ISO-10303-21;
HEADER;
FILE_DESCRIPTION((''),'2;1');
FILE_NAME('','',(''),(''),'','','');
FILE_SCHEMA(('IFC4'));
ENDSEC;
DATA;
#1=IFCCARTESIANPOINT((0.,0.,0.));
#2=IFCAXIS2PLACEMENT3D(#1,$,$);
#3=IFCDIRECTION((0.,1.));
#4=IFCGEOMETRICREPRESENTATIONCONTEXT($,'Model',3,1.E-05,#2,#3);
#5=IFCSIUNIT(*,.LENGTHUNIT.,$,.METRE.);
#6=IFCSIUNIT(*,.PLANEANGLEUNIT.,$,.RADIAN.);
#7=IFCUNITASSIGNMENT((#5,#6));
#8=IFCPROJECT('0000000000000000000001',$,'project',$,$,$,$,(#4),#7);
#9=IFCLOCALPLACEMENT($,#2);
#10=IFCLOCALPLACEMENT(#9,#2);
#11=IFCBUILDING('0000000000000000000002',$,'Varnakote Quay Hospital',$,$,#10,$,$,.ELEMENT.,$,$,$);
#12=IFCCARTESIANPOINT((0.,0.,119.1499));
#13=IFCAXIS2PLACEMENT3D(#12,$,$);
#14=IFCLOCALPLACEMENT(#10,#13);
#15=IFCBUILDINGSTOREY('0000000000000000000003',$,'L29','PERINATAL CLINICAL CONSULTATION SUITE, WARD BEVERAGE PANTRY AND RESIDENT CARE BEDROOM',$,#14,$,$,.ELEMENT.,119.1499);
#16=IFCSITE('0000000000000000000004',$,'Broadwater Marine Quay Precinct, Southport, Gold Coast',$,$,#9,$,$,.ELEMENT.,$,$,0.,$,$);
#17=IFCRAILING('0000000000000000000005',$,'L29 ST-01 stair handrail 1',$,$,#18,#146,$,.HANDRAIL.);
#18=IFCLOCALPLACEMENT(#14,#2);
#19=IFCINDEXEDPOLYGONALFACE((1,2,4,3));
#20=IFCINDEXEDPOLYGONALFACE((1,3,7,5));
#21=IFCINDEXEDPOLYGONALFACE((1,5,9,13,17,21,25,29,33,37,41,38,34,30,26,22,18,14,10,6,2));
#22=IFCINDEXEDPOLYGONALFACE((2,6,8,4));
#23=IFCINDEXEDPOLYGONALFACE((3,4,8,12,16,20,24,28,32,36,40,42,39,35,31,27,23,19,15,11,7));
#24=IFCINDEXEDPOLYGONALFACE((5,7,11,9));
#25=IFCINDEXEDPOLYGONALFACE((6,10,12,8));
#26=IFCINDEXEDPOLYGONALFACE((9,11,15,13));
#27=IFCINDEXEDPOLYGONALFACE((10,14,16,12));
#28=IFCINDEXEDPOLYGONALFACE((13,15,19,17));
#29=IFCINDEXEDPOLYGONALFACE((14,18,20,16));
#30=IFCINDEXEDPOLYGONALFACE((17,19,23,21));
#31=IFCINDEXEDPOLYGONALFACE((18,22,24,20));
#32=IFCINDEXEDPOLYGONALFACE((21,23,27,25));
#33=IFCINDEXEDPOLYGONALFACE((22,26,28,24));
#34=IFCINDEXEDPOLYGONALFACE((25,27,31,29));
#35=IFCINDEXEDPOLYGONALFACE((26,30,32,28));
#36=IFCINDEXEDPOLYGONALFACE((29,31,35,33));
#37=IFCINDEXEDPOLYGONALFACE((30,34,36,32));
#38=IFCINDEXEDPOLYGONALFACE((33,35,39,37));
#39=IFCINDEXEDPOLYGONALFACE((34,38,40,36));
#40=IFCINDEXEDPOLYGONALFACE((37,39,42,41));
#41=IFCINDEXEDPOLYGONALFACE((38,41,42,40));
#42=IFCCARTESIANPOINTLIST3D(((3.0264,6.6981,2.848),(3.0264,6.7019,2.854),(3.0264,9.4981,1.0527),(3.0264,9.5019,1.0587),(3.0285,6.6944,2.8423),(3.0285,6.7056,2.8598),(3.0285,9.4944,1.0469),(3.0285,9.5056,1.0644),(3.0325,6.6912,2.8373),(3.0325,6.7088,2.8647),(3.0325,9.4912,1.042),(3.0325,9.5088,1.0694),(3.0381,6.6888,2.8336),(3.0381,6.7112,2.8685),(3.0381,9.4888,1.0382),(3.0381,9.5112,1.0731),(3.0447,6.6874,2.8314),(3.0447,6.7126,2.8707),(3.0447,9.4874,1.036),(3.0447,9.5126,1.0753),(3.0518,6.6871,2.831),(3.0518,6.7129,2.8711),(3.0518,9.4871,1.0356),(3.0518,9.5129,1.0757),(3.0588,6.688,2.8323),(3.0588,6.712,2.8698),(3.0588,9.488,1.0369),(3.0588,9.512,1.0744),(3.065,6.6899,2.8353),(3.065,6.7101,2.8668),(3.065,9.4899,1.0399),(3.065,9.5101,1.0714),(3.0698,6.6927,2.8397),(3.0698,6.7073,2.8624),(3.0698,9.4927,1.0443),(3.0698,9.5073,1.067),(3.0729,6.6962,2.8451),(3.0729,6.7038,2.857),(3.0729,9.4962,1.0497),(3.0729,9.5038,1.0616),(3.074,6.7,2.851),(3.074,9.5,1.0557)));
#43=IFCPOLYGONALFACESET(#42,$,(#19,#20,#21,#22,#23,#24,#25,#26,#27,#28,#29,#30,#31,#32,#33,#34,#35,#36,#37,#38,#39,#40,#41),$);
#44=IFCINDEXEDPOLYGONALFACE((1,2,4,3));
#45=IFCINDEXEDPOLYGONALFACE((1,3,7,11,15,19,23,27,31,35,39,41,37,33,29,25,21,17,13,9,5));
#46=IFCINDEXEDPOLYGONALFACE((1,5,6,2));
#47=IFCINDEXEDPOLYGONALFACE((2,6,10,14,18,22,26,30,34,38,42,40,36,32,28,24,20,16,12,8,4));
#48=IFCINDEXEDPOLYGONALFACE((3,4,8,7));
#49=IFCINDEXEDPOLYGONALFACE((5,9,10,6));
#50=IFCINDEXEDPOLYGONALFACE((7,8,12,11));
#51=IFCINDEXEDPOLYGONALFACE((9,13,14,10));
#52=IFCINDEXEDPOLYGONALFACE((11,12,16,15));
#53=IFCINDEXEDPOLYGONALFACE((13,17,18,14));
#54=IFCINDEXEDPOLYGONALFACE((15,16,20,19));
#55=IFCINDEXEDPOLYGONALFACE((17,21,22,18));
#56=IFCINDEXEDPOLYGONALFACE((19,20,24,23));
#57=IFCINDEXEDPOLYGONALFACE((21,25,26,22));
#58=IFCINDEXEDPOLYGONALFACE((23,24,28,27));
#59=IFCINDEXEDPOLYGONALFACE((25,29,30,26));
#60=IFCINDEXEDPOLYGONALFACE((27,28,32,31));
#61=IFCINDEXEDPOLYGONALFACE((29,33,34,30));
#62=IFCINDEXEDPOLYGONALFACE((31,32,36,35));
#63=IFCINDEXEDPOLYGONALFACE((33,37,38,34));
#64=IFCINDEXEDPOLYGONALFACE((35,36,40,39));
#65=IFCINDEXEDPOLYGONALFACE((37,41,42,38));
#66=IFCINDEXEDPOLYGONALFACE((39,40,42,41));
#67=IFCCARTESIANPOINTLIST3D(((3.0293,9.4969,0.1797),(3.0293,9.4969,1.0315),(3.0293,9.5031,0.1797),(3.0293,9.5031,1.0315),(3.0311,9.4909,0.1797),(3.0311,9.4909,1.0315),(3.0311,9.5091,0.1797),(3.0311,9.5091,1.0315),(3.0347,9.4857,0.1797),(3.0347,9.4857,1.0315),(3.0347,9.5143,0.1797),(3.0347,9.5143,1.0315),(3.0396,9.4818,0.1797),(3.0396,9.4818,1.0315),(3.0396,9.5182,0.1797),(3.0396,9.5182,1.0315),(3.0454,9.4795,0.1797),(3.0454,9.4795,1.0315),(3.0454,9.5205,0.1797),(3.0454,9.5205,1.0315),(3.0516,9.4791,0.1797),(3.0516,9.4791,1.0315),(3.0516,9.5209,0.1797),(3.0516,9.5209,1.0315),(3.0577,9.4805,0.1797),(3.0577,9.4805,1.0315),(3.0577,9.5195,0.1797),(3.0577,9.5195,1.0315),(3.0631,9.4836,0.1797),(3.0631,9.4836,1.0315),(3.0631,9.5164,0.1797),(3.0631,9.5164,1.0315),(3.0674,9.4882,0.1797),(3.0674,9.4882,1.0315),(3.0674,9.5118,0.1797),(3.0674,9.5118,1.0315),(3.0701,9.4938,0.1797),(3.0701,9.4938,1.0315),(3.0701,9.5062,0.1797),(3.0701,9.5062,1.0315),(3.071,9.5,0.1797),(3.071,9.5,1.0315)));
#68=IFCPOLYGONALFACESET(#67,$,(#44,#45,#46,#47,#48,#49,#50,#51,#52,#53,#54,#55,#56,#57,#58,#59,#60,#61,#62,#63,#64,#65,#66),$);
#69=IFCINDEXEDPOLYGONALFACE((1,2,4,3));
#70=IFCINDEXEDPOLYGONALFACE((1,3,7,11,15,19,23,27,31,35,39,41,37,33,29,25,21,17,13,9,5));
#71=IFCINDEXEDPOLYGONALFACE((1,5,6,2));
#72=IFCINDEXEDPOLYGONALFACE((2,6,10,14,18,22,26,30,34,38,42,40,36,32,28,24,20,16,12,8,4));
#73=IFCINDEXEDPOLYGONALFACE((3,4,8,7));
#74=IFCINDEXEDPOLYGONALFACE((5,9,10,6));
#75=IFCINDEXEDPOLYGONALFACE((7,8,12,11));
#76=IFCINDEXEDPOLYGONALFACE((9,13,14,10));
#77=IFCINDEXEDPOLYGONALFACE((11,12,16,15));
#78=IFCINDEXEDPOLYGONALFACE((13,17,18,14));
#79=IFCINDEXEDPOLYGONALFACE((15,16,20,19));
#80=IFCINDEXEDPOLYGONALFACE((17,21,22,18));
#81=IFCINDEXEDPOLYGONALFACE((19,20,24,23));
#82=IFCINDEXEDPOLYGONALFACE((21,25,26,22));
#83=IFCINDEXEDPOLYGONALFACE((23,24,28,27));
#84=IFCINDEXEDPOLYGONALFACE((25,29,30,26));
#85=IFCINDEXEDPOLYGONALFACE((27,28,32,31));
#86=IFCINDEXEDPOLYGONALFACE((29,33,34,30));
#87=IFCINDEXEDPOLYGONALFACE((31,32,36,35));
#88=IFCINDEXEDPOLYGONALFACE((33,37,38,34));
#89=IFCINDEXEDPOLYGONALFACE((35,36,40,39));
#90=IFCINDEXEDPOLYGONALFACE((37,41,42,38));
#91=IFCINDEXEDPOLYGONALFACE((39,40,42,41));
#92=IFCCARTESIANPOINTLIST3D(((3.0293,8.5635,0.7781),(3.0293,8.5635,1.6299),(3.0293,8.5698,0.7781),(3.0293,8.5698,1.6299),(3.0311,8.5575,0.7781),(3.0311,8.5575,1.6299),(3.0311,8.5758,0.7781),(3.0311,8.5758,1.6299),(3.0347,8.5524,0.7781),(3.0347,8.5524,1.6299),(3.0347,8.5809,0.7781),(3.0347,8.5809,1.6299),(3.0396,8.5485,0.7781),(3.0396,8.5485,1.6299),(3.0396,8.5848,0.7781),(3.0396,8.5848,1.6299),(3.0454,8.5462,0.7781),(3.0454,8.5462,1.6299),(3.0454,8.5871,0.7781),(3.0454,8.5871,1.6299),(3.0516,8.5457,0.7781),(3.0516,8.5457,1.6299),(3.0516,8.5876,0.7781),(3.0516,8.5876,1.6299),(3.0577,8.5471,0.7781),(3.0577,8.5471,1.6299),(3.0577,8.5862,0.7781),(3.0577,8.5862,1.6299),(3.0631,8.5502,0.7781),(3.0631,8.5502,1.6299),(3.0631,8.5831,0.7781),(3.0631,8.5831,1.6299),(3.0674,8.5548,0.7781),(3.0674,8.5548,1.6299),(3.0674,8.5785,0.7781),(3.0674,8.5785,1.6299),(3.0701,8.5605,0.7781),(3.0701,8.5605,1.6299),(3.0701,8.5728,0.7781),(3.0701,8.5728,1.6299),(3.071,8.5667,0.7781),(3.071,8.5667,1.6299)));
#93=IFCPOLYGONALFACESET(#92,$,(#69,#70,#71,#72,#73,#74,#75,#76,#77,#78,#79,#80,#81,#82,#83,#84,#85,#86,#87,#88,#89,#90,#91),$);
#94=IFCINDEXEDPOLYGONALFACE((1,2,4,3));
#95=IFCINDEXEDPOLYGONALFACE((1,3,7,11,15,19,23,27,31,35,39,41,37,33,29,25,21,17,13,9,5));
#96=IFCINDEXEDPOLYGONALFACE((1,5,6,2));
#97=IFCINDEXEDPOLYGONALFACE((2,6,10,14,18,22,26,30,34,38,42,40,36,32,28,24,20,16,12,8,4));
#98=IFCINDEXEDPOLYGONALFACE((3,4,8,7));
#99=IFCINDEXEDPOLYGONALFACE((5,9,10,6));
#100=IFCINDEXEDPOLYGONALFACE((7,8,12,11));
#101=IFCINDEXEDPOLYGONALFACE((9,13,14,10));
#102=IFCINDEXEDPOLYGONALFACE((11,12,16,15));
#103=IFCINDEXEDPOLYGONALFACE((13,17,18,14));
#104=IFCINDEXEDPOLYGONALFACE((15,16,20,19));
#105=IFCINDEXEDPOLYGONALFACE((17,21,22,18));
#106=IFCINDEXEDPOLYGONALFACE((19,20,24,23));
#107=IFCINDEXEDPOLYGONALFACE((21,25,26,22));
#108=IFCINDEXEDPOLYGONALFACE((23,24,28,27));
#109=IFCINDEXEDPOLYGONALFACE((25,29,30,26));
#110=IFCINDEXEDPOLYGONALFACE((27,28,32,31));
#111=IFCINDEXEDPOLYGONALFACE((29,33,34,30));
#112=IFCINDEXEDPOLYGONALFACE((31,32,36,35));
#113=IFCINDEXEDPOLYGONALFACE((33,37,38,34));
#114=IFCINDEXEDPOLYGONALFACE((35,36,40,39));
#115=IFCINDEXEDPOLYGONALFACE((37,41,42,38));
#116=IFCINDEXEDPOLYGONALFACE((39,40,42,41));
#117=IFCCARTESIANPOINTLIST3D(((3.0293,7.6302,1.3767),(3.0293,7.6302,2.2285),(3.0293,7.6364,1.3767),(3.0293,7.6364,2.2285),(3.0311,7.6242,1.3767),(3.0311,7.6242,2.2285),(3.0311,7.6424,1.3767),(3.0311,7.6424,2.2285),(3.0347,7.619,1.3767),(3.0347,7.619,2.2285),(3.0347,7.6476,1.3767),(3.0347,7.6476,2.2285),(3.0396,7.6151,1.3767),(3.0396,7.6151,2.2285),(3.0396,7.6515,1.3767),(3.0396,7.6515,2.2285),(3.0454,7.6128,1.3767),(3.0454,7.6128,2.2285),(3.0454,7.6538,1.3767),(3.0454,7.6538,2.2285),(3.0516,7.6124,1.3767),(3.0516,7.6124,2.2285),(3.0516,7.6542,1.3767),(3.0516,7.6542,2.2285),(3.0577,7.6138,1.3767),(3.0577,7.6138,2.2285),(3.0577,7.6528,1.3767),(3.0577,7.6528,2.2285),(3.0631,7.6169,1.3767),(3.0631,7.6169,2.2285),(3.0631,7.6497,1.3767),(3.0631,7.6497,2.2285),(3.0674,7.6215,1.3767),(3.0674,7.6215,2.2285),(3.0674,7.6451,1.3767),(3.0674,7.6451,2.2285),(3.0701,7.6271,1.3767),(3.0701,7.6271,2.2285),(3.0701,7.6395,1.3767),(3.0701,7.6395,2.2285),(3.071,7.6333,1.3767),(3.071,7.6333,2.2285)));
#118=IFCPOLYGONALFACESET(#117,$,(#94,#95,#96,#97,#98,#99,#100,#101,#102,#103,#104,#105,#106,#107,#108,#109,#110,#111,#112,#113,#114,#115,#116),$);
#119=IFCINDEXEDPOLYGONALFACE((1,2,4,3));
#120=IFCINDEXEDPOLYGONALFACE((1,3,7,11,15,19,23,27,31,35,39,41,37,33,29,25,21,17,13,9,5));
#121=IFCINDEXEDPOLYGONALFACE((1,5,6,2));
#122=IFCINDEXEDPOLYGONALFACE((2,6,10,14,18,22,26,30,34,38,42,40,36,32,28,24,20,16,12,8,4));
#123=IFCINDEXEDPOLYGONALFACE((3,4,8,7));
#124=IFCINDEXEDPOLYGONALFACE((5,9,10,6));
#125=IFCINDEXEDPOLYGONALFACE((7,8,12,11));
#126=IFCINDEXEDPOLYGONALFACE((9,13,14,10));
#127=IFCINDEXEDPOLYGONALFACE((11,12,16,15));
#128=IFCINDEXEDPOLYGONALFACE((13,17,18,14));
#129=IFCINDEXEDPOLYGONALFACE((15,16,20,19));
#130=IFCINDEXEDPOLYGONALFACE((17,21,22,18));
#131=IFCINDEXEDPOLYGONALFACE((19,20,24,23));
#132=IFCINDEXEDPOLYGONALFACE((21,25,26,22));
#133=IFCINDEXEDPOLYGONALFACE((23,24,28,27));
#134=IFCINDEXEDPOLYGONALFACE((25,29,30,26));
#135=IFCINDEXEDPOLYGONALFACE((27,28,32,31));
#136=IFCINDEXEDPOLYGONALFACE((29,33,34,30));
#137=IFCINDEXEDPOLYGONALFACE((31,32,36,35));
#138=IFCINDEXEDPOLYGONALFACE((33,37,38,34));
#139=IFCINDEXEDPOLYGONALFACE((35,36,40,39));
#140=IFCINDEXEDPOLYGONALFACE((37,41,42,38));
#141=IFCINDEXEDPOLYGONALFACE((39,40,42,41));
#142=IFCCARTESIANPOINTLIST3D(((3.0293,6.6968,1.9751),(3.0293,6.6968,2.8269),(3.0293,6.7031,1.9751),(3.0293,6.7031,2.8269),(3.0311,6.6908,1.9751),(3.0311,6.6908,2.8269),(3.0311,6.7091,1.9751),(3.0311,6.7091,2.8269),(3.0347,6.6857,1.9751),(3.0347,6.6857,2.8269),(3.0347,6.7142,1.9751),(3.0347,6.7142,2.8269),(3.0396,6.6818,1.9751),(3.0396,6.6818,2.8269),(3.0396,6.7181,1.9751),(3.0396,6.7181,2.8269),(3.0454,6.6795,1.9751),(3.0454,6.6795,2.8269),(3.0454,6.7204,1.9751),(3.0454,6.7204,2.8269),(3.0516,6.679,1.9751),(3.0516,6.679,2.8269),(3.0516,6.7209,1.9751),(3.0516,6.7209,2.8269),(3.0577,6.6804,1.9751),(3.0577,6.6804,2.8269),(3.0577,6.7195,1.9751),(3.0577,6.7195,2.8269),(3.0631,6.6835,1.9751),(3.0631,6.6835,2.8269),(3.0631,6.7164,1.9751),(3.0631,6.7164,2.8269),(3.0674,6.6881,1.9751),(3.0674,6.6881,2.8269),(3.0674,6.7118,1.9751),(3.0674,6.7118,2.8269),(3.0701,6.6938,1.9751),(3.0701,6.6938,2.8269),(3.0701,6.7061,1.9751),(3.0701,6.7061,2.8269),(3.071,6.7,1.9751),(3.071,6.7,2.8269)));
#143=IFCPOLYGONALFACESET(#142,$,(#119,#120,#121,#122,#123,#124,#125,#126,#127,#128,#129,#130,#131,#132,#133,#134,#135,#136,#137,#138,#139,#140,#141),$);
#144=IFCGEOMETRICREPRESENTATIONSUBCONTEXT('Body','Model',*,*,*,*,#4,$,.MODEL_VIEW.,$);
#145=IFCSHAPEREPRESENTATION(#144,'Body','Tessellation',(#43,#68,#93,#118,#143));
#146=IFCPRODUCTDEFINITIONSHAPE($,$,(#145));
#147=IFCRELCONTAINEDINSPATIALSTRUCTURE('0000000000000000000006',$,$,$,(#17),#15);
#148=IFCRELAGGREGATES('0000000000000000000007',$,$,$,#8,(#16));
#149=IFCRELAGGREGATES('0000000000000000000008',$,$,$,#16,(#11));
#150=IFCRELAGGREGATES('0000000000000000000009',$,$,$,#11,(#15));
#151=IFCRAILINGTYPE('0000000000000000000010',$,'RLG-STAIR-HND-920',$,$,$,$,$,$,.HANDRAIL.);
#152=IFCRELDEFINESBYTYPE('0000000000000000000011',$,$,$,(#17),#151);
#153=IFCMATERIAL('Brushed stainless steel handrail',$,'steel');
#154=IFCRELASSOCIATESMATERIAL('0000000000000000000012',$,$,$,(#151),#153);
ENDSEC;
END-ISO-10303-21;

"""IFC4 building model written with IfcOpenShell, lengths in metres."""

from ifc_helpers import new_model, si_unit, direction, frame, origin, origin_2d, place, context, subcontext, project, spatial, circle, extrude, material, type_object, element, save


model = new_model("IFC4")

# Units and contexts
model_context = context("Model", 3, precision=1e-05, world=origin(), true_north=direction((0.0, 1.0)))
body_context = subcontext(model_context, "Body", "Model", "MODEL_VIEW")
ifc_project = project(units=[si_unit("LENGTHUNIT", "METRE"), si_unit("PLANEANGLEUNIT", "RADIAN")], contexts=[model_context])

# Site, building, storey
site_placement = place(None, origin())
site = spatial("IfcSite", under=ifc_project, at=site_placement, Name="Broadwater Marine Quay Precinct, Southport, Gold Coast", CompositionType="ELEMENT", RefElevation=0.0)
building_placement = place(site_placement, origin())
building = spatial("IfcBuilding", under=site, at=building_placement, Name="Varnakote Quay Hospital", CompositionType="ELEMENT")
storey_placement = place(building_placement, frame((0.0, 0.0, 119.1499)))
storey = spatial("IfcBuildingStorey", under=building, at=storey_placement, Name="L29", Description="PERINATAL CLINICAL CONSULTATION SUITE, WARD BEVERAGE PANTRY AND RESIDENT CARE BEDROOM", CompositionType="ELEMENT", Elevation=119.1499)

# Railing
ifc_material_1 = material(Name="Brushed stainless steel handrail", Category="steel")
railing_type_1 = type_object("IfcRailingType", Name="RLG-STAIR-HND-920", PredefinedType="HANDRAIL", material=ifc_material_1)
railing_1_placement = place(storey_placement, frame((3.05, 9.5, 0.1797)))
element("IfcRailing", 1, at=railing_1_placement, inside=storey, type_object=railing_type_1, Name="L29 ST-01 stair handrail 1", PredefinedType="HANDRAIL", context=body_context, shape_type="SweptSolid", body=[
    extrude(circle(Radius=0.0239, at=origin_2d()), frame((0.0, 0.0, 0.876), z_axis=(0.0, -0.84181, 0.539774), x_axis=(1.0, 0.0, 0.0)), (0.0, 0.0, 1.0), 3.3262),
    extrude(circle(Radius=0.021, at=origin_2d()), origin(), (0.0, 0.0, 1.0), 0.8518),
    extrude(circle(Radius=0.021, at=origin_2d()), frame((0.0, -0.9333, 0.5984)), (0.0, 0.0, 1.0), 0.8518),
    extrude(circle(Radius=0.021, at=origin_2d()), frame((0.0, -1.8667, 1.197)), (0.0, 0.0, 1.0), 0.8518),
    extrude(circle(Radius=0.021, at=origin_2d()), frame((0.0, -2.8, 1.7954)), (0.0, 0.0, 1.0), 0.8518),
])

save(model, "model.ifc")
